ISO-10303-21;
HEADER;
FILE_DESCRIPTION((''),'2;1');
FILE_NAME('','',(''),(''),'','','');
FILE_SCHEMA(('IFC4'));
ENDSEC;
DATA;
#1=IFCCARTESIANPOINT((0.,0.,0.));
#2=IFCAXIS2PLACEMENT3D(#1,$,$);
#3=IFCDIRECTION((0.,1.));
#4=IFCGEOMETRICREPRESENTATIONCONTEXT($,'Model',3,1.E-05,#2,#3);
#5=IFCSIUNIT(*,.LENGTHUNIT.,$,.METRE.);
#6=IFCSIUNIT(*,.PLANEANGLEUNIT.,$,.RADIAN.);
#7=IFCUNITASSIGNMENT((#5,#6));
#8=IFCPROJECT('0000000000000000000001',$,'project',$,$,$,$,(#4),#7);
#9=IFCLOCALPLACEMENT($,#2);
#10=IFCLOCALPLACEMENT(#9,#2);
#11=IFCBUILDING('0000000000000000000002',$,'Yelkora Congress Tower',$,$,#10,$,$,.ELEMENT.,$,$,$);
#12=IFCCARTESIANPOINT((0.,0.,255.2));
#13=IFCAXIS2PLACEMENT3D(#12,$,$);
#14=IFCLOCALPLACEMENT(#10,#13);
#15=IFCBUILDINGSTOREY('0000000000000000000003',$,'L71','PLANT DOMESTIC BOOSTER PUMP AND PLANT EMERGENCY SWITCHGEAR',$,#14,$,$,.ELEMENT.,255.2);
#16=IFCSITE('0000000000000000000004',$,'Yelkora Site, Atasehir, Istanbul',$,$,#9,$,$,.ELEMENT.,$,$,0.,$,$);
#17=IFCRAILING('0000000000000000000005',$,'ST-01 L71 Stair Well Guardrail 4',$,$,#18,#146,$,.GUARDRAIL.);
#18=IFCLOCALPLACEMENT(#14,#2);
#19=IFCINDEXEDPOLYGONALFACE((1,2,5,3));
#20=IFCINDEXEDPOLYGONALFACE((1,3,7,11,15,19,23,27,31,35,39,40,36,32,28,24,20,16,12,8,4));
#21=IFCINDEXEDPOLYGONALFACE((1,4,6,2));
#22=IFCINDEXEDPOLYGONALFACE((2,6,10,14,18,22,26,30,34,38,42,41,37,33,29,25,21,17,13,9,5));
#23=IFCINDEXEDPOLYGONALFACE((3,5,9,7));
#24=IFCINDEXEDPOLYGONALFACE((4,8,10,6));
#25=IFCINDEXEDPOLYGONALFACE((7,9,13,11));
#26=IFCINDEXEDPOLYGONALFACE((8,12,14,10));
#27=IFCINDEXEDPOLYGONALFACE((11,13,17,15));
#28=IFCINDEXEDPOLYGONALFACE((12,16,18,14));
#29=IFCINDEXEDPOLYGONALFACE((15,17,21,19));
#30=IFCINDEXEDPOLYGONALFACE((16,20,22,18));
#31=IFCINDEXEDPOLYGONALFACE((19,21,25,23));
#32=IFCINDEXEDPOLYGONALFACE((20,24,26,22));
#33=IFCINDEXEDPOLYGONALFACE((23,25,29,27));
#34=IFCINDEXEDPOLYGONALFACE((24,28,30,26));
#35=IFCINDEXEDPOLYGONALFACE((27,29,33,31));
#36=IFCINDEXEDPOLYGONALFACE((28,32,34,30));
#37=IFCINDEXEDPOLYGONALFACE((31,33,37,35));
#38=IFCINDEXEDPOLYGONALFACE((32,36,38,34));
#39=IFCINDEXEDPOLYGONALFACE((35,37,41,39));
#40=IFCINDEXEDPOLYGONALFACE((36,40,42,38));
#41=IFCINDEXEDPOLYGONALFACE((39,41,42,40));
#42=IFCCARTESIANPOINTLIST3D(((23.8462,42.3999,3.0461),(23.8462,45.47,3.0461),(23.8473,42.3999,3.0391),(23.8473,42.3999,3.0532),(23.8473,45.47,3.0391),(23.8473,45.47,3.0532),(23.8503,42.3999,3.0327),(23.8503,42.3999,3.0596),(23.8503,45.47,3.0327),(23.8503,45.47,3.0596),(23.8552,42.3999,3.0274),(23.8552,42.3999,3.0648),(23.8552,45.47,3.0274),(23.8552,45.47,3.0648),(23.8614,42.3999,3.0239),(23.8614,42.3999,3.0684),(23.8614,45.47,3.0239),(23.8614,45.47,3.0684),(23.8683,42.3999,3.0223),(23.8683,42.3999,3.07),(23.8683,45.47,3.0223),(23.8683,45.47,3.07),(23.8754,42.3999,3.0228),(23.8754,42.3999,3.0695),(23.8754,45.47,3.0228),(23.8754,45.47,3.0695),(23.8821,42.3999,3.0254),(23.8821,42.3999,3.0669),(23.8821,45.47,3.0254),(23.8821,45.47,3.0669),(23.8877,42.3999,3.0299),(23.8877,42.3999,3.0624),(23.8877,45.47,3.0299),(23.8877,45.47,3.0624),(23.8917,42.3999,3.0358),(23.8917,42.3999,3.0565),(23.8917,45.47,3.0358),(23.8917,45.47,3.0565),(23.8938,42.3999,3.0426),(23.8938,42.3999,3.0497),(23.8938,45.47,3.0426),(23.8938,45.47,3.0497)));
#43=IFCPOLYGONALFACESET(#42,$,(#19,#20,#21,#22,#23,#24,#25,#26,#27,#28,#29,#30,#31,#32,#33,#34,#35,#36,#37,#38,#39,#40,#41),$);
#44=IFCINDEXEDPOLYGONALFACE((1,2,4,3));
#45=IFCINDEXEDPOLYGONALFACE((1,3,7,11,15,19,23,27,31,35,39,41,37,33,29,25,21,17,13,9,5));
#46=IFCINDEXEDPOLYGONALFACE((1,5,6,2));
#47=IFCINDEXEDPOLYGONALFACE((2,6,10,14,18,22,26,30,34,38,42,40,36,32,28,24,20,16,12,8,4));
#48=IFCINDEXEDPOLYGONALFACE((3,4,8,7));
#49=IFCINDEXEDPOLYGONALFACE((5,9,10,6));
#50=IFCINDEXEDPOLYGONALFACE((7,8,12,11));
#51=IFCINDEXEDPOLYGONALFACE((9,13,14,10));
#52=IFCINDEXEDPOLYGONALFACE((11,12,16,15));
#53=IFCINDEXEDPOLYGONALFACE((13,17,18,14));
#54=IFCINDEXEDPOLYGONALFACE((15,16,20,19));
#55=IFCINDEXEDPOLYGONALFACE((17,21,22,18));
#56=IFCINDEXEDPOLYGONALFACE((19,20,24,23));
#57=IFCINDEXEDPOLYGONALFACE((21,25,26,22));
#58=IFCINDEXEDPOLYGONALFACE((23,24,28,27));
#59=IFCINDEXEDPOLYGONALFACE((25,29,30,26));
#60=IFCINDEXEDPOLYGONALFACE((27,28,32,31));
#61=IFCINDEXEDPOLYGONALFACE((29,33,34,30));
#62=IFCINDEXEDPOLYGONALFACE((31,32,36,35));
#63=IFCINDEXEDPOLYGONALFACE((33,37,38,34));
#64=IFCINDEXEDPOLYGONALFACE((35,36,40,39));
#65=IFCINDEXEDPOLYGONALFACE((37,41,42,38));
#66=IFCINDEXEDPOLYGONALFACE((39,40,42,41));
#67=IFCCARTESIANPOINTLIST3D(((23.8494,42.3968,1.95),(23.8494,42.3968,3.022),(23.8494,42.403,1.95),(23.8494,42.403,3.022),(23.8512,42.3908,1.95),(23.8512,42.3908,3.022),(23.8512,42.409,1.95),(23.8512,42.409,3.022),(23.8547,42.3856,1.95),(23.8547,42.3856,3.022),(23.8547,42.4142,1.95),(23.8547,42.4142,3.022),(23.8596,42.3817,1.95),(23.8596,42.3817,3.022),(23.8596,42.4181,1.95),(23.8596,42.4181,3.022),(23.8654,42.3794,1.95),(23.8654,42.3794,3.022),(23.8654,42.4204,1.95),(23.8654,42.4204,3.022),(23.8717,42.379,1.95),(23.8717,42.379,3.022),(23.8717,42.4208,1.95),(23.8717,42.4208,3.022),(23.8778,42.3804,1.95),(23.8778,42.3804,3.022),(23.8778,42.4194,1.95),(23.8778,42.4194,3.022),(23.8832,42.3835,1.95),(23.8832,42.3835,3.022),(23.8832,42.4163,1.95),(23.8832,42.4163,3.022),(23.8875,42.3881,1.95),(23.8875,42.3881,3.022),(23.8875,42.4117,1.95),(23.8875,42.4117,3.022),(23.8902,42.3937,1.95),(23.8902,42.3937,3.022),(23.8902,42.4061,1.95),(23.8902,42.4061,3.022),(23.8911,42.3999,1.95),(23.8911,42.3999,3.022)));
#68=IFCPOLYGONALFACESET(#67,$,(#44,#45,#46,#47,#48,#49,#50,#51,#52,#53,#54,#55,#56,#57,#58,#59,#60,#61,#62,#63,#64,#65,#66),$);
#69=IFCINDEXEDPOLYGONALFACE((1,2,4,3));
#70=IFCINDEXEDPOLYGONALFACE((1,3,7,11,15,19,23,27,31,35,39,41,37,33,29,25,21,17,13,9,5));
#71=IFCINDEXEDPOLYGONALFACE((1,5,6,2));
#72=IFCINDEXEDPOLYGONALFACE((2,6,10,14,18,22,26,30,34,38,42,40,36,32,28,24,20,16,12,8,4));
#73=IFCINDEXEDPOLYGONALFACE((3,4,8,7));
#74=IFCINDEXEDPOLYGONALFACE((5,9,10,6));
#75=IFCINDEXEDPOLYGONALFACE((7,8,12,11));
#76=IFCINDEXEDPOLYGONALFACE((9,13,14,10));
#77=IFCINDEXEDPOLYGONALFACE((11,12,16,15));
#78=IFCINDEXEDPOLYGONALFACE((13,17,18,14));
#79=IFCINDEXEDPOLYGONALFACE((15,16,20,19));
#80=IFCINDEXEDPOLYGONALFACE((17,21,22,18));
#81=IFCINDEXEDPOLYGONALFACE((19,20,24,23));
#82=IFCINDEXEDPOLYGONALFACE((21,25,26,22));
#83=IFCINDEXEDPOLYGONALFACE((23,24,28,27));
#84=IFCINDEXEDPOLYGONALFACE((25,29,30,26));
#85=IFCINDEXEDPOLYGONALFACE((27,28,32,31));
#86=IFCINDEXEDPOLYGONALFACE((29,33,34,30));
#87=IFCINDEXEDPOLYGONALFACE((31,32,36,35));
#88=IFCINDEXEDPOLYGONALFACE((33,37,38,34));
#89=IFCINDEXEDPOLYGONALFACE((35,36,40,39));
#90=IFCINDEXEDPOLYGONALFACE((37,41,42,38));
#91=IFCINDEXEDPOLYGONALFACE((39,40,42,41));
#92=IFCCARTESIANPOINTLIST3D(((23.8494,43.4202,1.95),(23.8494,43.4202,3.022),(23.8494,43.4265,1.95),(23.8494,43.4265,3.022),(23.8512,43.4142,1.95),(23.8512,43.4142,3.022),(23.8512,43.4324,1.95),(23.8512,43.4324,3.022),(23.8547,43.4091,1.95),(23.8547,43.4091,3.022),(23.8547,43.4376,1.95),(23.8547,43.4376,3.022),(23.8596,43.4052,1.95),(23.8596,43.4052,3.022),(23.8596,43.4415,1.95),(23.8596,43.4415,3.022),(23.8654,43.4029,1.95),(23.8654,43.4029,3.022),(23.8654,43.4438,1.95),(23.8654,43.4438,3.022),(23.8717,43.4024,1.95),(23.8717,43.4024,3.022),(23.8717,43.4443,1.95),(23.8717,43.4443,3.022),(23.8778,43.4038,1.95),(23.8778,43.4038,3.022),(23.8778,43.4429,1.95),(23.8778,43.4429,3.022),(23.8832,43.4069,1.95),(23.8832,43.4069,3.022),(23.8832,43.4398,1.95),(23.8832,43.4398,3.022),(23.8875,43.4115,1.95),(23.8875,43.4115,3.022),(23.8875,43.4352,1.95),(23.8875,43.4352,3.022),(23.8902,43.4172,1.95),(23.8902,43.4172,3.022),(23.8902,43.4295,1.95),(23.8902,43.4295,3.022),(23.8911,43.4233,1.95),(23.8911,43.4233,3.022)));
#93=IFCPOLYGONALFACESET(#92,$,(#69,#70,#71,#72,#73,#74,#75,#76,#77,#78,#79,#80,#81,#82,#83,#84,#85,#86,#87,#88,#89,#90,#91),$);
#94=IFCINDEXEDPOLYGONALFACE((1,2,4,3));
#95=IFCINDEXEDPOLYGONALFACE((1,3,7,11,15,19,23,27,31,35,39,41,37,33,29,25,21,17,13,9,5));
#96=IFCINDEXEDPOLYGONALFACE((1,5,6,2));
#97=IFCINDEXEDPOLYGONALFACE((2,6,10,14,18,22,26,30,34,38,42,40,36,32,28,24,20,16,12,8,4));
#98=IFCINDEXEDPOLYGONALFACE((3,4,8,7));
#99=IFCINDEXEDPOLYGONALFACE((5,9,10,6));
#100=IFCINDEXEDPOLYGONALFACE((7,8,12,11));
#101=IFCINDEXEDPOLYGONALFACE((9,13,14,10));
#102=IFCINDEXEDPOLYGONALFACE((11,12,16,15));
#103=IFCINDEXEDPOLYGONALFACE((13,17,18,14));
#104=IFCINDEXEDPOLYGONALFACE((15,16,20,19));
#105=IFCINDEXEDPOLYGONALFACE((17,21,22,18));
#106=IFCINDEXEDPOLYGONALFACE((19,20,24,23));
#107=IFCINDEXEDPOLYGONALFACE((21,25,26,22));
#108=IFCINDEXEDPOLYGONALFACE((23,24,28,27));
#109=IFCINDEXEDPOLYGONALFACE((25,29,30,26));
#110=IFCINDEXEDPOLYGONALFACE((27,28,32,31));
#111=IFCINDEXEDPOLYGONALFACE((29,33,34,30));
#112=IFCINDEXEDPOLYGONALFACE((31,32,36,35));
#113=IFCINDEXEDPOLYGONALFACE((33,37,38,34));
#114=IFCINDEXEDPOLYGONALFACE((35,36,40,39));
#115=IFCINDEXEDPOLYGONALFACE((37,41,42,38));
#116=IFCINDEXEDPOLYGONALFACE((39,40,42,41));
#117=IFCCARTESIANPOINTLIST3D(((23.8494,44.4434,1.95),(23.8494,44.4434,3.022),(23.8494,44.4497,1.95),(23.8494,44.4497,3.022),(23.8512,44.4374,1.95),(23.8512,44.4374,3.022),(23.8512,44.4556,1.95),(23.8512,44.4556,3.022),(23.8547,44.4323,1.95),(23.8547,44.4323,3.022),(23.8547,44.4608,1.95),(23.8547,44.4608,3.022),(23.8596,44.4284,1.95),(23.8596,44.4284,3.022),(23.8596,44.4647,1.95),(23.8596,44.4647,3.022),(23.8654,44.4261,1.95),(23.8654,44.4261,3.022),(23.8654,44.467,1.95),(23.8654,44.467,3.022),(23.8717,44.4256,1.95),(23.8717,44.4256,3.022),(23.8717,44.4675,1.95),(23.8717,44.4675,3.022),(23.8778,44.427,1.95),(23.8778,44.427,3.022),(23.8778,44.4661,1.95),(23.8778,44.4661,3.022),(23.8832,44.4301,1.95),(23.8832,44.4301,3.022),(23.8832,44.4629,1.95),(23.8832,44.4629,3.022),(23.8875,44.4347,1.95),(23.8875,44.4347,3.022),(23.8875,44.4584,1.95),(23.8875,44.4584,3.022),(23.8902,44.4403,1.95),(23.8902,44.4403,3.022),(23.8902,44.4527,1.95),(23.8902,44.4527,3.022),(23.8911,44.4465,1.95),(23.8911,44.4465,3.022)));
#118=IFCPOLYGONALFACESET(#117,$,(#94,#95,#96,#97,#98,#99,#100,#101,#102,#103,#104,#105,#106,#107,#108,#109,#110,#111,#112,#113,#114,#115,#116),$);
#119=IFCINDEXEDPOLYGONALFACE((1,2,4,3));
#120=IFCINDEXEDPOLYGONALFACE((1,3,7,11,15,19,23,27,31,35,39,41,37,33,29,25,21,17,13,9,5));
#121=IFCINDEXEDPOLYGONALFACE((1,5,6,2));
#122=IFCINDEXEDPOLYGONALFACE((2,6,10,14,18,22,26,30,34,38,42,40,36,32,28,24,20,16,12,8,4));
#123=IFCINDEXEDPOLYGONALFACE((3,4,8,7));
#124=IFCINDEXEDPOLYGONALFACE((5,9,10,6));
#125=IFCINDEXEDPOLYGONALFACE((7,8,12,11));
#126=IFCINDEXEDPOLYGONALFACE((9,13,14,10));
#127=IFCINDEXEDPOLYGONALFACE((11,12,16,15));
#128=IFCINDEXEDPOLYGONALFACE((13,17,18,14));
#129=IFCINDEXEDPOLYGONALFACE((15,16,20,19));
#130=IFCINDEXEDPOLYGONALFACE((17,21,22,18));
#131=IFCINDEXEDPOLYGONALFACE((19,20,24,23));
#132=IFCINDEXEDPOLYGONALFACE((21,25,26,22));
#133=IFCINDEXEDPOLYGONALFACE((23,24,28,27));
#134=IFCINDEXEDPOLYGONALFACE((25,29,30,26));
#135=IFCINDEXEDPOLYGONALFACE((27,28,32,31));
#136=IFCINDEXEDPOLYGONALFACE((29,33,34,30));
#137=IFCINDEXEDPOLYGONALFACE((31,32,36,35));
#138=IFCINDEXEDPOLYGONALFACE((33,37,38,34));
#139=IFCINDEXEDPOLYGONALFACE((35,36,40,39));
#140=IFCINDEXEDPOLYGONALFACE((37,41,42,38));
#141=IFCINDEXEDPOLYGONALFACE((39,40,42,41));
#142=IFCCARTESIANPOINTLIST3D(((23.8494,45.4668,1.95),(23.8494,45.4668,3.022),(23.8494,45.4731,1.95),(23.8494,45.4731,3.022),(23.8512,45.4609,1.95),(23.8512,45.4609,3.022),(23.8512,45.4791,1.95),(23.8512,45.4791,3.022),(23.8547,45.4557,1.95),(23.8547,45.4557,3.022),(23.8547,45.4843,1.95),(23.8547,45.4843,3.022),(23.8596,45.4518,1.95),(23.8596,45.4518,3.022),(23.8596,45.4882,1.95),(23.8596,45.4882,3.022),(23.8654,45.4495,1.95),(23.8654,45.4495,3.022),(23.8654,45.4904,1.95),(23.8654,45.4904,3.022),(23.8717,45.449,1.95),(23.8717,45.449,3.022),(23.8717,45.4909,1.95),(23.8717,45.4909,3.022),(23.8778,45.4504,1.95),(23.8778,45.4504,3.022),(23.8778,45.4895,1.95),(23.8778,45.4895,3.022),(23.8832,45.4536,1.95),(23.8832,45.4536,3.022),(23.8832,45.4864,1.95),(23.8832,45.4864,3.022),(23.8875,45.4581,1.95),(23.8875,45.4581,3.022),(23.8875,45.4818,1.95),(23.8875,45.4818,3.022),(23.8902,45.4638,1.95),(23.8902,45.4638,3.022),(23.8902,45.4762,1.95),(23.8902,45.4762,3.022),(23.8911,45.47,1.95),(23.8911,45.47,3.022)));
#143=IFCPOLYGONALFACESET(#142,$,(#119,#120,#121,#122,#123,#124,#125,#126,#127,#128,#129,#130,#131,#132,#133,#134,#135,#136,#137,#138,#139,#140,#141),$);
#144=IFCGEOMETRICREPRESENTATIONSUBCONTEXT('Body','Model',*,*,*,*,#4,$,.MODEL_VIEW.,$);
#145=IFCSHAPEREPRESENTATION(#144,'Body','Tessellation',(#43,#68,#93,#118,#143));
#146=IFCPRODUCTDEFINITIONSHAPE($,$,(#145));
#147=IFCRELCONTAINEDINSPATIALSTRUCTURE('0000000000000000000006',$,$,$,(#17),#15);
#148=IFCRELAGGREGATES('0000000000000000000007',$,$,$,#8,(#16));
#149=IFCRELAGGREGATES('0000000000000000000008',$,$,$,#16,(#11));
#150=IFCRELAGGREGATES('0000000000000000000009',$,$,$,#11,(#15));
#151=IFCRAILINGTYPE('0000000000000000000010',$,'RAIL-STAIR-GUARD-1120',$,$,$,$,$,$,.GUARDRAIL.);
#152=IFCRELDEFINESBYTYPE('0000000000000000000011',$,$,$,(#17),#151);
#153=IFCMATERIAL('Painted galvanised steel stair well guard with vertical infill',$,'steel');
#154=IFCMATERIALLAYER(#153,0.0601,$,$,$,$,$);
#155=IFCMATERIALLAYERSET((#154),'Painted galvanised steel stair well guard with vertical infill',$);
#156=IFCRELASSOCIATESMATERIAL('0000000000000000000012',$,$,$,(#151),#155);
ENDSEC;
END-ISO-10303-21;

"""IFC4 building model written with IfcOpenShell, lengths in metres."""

from ifc_helpers import new_model, si_unit, direction, frame, origin, origin_2d, place, context, subcontext, project, spatial, circle, extrude, material, layer, layer_set, type_object, element, save


model = new_model("IFC4")

# Units and contexts
model_context = context("Model", 3, precision=1e-05, world=origin(), true_north=direction((0.0, 1.0)))
body_context = subcontext(model_context, "Body", "Model", "MODEL_VIEW")
ifc_project = project(units=[si_unit("LENGTHUNIT", "METRE"), si_unit("PLANEANGLEUNIT", "RADIAN")], contexts=[model_context])

# Site, building, storey
site_placement = place(None, origin())
site = spatial("IfcSite", under=ifc_project, at=site_placement, Name="Yelkora Site, Atasehir, Istanbul", CompositionType="ELEMENT", RefElevation=0.0)
building_placement = place(site_placement, origin())
building = spatial("IfcBuilding", under=site, at=building_placement, Name="Yelkora Congress Tower", CompositionType="ELEMENT")
storey_placement = place(building_placement, frame((0.0, 0.0, 255.2)))
storey = spatial("IfcBuildingStorey", under=building, at=storey_placement, Name="L71", Description="PLANT DOMESTIC BOOSTER PUMP AND PLANT EMERGENCY SWITCHGEAR", CompositionType="ELEMENT", Elevation=255.2)

# Railing
ifc_material_1 = material(Name="Painted galvanised steel stair well guard with vertical infill", Category="steel")
ifc_layer_1 = layer(ifc_material_1, 0.0601)
ifc_layer_set_1 = layer_set([ifc_layer_1], Name="Painted galvanised steel stair well guard with vertical infill")
railing_type_1 = type_object("IfcRailingType", Name="RAIL-STAIR-GUARD-1120", PredefinedType="GUARDRAIL", material=ifc_layer_set_1)
railing_1_placement = place(storey_placement, frame((23.8701, 42.3999, 1.95)))
element("IfcRailing", 1, at=railing_1_placement, inside=storey, type_object=railing_type_1, Name="ST-01 L71 Stair Well Guardrail 4", PredefinedType="GUARDRAIL", context=body_context, shape_type="SweptSolid", body=[
    extrude(circle(Radius=0.0239, at=origin_2d()), frame((0.0, 0.0, 1.0962), z_axis=(0.0, 1.0, 0.0), x_axis=(-1.0, 0.0, 0.0)), (0.0, 0.0, 1.0), 3.0701),
    extrude(circle(Radius=0.021, at=origin_2d()), origin(), (0.0, 0.0, 1.0), 1.072),
    extrude(circle(Radius=0.021, at=origin_2d()), frame((0.0, 1.0234, 0.0)), (0.0, 0.0, 1.0), 1.072),
    extrude(circle(Radius=0.021, at=origin_2d()), frame((0.0, 2.0466, 0.0)), (0.0, 0.0, 1.0), 1.072),
    extrude(circle(Radius=0.021, at=origin_2d()), frame((0.0, 3.0701, 0.0)), (0.0, 0.0, 1.0), 1.072),
])

save(model, "model.ifc")
